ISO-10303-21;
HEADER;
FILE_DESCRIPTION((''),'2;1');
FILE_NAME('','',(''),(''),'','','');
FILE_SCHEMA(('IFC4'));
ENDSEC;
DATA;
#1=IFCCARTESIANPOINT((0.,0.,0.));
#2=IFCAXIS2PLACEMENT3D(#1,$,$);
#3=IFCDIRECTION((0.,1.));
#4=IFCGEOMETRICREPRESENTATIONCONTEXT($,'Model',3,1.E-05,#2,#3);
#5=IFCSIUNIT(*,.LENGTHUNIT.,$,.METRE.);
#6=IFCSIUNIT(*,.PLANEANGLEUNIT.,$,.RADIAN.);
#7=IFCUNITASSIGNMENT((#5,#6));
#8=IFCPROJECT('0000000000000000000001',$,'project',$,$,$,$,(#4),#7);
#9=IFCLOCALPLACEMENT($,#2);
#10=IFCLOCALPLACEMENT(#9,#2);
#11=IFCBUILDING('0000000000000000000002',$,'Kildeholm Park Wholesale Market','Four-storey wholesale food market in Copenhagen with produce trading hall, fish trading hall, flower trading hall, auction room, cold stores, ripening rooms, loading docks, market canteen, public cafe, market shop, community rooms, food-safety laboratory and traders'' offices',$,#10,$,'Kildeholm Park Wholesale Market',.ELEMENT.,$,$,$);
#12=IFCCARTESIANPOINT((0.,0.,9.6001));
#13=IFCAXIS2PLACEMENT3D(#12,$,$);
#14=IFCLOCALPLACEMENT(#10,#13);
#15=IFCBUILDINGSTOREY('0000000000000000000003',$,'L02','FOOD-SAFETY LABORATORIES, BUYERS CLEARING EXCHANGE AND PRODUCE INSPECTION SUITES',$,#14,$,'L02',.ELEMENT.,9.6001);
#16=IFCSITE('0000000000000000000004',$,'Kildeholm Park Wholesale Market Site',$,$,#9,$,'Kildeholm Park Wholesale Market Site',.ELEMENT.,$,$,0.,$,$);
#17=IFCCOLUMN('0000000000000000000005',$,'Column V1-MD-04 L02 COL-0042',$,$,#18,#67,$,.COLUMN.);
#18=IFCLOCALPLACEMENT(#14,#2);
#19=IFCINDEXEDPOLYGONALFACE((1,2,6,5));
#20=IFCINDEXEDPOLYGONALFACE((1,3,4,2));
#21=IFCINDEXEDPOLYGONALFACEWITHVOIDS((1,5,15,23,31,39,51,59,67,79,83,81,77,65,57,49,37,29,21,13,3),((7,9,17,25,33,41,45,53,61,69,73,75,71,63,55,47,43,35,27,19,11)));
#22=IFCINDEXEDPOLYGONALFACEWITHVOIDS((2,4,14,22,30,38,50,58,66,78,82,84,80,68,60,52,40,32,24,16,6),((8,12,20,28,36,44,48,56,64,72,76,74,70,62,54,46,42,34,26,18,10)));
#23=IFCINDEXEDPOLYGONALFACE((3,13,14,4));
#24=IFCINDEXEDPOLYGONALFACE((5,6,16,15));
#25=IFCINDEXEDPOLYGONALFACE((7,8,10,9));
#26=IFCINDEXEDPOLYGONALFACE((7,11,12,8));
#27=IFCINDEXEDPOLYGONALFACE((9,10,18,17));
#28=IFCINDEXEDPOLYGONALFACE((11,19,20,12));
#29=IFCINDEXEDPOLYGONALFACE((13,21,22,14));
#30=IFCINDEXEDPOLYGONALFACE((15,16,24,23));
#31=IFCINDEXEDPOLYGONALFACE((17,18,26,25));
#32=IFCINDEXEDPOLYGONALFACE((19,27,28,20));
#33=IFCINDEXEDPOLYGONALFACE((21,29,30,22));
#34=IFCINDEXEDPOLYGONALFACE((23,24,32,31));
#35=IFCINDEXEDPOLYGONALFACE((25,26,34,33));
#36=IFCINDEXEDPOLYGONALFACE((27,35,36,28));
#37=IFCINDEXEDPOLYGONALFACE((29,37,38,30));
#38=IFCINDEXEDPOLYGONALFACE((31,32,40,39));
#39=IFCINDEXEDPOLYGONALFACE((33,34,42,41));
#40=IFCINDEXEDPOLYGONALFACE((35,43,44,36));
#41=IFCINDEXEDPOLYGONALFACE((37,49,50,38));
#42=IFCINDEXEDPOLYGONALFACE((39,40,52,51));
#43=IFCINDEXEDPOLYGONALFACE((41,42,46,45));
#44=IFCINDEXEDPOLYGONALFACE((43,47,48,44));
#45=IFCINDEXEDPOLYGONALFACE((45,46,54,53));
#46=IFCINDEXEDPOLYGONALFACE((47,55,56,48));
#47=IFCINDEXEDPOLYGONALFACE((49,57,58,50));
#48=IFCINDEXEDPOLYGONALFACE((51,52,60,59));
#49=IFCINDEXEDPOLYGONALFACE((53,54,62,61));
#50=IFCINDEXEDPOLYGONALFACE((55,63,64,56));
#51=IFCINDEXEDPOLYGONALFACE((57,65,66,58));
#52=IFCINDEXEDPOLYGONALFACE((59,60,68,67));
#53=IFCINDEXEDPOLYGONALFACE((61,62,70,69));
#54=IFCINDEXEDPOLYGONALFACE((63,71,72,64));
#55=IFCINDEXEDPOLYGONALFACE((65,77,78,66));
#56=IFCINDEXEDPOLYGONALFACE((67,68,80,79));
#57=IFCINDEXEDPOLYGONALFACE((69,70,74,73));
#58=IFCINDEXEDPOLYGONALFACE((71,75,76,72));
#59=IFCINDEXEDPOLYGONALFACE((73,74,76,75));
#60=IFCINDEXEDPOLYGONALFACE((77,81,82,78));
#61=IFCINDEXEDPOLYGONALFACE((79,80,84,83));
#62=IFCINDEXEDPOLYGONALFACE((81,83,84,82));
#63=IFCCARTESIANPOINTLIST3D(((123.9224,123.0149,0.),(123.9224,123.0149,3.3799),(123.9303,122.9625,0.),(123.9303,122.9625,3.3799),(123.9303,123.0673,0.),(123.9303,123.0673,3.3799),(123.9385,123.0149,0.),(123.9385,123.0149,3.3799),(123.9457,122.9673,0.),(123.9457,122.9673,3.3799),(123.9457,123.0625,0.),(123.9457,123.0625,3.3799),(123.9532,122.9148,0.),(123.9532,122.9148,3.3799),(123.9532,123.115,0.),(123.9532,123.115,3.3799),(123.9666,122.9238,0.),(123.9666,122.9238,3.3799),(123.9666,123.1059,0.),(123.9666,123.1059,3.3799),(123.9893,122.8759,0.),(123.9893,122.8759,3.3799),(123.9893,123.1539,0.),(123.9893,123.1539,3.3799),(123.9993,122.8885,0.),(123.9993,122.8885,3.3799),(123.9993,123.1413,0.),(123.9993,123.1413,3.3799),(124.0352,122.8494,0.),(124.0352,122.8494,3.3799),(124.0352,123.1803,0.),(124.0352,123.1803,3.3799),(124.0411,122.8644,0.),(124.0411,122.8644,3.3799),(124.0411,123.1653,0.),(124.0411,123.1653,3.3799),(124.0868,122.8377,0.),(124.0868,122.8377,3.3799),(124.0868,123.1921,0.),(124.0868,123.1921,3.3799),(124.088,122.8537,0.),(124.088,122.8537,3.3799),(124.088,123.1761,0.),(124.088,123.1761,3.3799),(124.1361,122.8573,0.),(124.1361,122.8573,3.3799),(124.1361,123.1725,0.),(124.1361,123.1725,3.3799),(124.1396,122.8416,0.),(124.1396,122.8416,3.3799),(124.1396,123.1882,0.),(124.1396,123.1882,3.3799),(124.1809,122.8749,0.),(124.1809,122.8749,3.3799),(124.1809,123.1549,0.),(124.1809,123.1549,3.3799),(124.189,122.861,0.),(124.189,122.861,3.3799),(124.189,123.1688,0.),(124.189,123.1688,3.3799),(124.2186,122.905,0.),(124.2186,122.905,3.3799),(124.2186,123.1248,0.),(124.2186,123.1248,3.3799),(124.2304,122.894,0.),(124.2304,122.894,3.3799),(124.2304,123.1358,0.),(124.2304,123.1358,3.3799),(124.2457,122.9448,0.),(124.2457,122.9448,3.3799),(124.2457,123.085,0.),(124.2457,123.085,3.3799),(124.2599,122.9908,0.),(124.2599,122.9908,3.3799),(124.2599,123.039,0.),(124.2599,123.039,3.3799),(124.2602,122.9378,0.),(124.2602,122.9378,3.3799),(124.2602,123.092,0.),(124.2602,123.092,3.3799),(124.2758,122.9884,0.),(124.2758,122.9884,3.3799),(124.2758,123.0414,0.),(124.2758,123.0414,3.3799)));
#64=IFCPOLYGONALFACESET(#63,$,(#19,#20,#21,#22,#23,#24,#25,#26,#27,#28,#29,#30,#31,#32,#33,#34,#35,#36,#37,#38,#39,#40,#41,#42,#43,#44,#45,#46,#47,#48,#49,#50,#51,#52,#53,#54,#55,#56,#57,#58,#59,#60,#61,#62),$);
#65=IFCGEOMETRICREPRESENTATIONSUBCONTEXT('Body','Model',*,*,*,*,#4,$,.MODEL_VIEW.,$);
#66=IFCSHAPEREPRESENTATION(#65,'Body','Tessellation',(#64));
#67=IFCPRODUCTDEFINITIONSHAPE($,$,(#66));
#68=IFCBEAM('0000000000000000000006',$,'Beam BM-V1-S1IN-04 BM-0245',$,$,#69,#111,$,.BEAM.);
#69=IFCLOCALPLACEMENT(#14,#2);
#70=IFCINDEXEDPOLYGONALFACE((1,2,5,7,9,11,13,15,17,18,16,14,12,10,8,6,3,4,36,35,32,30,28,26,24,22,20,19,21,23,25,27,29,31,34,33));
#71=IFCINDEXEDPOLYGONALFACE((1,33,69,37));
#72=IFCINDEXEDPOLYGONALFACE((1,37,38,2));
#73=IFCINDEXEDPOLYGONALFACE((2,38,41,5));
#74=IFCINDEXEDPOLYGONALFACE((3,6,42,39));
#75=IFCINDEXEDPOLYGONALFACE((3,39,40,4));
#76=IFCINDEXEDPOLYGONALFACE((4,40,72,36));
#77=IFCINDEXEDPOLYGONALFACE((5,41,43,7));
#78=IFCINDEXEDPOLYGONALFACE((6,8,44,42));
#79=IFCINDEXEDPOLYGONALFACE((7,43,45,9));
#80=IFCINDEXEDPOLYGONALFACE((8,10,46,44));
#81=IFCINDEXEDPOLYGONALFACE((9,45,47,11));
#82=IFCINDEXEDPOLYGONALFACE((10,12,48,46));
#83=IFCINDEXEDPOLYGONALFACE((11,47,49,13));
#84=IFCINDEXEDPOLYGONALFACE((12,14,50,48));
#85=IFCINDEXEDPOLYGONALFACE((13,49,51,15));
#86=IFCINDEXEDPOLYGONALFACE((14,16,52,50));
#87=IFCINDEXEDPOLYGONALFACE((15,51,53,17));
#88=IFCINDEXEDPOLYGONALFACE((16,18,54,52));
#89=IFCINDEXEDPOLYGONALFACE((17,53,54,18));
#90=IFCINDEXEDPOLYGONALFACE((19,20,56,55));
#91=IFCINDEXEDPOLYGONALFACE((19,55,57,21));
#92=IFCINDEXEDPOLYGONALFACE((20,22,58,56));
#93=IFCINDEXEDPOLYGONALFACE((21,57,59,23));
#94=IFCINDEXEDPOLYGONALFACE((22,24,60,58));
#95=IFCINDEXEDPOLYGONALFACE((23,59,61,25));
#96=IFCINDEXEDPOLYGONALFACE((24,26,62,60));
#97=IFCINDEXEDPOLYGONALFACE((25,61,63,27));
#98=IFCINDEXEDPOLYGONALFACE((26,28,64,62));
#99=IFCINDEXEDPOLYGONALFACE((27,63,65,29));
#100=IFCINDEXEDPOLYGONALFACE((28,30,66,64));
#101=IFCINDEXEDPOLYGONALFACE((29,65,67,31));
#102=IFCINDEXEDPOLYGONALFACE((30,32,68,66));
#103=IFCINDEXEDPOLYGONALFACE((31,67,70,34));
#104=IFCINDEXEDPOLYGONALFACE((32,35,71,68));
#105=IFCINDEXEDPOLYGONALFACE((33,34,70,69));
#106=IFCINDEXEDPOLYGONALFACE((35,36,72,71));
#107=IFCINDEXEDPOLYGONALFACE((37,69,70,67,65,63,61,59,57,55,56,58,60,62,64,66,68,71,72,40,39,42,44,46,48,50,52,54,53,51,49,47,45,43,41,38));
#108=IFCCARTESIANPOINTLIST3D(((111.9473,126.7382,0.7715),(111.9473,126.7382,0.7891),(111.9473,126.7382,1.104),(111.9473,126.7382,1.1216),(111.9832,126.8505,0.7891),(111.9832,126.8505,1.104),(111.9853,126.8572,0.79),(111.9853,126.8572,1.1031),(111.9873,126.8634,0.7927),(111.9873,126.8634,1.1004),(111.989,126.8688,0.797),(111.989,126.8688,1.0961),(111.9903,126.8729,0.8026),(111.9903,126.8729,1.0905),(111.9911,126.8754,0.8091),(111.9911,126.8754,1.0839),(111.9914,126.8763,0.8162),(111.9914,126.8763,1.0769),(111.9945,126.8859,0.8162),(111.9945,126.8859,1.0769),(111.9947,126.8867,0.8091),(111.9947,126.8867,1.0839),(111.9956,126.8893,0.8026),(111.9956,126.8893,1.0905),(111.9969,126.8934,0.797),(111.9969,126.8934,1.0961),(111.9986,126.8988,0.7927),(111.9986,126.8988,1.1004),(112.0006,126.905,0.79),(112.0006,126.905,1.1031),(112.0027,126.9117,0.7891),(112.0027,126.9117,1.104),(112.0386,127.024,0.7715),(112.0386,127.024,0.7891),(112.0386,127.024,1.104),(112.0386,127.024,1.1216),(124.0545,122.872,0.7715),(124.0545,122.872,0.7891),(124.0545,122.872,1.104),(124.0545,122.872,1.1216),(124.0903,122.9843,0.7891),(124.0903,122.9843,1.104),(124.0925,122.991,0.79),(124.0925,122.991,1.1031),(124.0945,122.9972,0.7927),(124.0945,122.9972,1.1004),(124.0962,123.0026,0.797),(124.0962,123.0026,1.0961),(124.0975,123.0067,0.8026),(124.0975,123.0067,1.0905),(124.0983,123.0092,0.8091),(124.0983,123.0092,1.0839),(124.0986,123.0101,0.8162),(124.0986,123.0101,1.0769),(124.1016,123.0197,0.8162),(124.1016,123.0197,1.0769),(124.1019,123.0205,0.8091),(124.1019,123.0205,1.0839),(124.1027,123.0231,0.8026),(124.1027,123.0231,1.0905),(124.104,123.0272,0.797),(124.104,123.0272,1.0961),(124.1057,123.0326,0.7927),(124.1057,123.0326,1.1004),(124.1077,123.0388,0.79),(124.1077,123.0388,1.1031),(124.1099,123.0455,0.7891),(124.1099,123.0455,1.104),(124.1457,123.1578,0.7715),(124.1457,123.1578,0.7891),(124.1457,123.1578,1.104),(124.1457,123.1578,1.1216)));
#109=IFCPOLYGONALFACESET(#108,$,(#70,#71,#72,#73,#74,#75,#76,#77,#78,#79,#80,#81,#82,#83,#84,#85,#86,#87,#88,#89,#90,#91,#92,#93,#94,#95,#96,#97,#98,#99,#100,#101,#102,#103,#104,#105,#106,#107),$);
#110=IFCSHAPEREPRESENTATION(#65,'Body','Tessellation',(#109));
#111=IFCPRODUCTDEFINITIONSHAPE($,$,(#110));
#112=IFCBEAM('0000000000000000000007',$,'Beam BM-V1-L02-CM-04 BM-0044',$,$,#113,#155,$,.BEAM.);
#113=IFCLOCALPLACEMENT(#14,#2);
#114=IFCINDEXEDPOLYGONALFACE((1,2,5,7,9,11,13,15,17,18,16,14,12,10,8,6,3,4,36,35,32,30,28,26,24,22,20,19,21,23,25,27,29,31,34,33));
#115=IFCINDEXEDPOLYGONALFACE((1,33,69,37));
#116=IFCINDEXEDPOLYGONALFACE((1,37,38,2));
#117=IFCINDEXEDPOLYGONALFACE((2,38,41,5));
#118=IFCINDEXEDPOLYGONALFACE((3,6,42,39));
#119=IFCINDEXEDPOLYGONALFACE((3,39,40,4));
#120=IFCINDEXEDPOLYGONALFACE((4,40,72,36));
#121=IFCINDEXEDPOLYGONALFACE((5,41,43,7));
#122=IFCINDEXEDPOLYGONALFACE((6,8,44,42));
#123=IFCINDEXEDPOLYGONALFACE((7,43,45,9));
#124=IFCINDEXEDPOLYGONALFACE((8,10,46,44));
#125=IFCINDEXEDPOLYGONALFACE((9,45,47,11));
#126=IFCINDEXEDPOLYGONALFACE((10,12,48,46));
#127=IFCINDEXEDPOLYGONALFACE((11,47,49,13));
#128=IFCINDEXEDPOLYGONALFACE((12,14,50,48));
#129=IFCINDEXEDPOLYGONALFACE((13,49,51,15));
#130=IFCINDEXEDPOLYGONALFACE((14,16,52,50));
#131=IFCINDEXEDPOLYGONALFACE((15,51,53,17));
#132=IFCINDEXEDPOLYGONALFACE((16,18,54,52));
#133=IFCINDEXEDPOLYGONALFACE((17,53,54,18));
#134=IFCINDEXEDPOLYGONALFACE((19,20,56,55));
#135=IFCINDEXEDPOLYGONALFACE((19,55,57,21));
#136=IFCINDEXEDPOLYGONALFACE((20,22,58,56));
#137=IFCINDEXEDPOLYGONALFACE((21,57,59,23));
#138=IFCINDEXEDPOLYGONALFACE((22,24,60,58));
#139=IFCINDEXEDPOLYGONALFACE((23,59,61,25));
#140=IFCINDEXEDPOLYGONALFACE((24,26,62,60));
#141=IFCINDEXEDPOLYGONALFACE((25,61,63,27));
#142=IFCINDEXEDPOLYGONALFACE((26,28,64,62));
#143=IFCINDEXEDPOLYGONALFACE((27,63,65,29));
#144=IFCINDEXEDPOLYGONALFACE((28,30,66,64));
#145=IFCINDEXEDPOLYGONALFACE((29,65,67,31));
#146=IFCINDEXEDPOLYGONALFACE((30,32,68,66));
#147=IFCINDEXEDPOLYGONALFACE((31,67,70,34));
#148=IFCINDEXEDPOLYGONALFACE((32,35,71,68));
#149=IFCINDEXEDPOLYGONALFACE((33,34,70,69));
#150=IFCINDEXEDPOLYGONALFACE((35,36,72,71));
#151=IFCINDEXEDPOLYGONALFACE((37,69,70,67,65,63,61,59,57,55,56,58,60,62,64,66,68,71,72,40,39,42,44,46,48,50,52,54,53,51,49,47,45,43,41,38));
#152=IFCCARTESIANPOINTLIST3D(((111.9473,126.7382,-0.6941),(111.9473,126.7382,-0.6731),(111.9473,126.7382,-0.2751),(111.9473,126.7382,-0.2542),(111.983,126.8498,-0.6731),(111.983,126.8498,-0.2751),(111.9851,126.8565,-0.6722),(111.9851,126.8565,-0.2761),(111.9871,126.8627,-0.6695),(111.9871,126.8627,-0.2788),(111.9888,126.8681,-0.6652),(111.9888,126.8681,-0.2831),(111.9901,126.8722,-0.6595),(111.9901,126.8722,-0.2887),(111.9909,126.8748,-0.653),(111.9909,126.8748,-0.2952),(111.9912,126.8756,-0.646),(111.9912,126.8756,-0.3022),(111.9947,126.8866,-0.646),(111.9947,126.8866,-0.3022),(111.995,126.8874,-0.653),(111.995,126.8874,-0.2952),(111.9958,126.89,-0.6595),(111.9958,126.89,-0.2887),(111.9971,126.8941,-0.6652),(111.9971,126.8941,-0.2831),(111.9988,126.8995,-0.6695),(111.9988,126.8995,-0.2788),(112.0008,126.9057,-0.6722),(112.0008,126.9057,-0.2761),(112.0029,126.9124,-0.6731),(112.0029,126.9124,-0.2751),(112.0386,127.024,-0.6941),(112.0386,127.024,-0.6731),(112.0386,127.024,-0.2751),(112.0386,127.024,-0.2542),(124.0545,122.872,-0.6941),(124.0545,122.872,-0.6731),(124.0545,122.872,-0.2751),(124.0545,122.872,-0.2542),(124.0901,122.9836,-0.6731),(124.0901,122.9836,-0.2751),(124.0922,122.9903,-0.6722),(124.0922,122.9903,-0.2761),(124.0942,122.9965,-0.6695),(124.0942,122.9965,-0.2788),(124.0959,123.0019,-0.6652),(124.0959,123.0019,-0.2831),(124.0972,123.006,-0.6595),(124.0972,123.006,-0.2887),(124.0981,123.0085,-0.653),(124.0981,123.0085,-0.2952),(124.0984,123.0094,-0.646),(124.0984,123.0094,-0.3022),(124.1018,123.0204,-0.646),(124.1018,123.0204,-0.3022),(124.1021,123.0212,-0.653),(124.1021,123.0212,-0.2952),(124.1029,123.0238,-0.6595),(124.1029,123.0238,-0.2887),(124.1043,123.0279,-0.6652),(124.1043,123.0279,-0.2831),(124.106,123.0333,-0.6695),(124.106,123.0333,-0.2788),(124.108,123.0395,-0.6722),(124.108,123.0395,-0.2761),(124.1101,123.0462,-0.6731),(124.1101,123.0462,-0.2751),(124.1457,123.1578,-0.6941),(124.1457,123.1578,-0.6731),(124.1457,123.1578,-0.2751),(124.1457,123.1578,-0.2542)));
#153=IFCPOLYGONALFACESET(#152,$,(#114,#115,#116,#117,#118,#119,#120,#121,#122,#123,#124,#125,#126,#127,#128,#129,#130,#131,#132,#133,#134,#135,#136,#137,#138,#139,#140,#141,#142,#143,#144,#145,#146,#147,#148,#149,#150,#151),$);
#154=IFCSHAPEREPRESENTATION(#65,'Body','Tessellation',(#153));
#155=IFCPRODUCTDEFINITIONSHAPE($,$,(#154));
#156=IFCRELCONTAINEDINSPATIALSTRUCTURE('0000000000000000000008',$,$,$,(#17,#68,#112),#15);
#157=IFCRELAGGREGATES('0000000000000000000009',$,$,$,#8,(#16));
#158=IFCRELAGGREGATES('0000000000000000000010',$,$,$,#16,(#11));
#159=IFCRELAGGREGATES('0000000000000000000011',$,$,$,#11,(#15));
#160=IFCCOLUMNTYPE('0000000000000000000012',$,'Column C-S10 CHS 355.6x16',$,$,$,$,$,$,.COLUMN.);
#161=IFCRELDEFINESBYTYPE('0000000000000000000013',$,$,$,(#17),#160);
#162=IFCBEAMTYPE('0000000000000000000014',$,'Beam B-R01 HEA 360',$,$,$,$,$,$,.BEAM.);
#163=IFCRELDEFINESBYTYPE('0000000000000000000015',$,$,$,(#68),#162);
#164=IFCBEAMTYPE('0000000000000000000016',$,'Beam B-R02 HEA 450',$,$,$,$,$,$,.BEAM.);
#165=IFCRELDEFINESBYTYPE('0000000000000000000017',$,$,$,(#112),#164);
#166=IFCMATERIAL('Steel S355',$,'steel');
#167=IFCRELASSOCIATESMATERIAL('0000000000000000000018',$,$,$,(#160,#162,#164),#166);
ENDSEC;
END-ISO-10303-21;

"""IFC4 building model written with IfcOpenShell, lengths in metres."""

from ifc_helpers import new_model, si_unit, direction, frame, origin, origin_2d, place, context, subcontext, project, spatial, hollow_circle, i_section, extrude, material, material_profile, profile_set, type_object, element, save


model = new_model("IFC4")

# Units and contexts
model_context = context("Model", 3, precision=1e-05, world=origin(), true_north=direction((0.0, 1.0)))
body_context = subcontext(model_context, "Body", "Model", "MODEL_VIEW")
ifc_project = project(units=[si_unit("LENGTHUNIT", "METRE"), si_unit("PLANEANGLEUNIT", "RADIAN")], contexts=[model_context])

# Site, building, storey
site_placement = place(None, origin())
site = spatial("IfcSite", under=ifc_project, at=site_placement, Name="Kildeholm Park Wholesale Market Site", LongName="Kildeholm Park Wholesale Market Site", CompositionType="ELEMENT", RefElevation=0.0)
building_placement = place(site_placement, origin())
building = spatial("IfcBuilding", under=site, at=building_placement, Name="Kildeholm Park Wholesale Market", Description="Four-storey wholesale food market in Copenhagen with produce trading hall, fish trading hall, flower trading hall, auction room, cold stores, ripening rooms, loading docks, market canteen, public cafe, market shop, community rooms, food-safety laboratory and traders' offices", LongName="Kildeholm Park Wholesale Market", CompositionType="ELEMENT")
storey_placement = place(building_placement, frame((0.0, 0.0, 9.6001)))
storey = spatial("IfcBuildingStorey", under=building, at=storey_placement, Name="L02", Description="FOOD-SAFETY LABORATORIES, BUYERS CLEARING EXCHANGE AND PRODUCE INSPECTION SUITES", LongName="L02", CompositionType="ELEMENT", Elevation=9.6001)

# Column
ifc_material_1 = material(Name="Steel S355", Category="steel")
ifc_material_profile_1 = material_profile(ifc_material_1, hollow_circle(Radius=0.1777, WallThickness=0.0161, at=origin_2d()), Name="CHS 355.6x16")
ifc_profile_set_1 = profile_set([ifc_material_profile_1], Name="Steel S355")
column_type = type_object("IfcColumnType", Name="Column C-S10 CHS 355.6x16", PredefinedType="COLUMN", material=ifc_profile_set_1)
column_placement = place(storey_placement, frame((124.1001, 123.0149, 0.0), z_axis=(0.0, 0.0, 1.0), x_axis=(0.5, 0.866025, 0.0)))
element("IfcColumn", 1, at=column_placement, inside=storey, type_object=column_type, Name="Column V1-MD-04 L02 COL-0042", PredefinedType="COLUMN", context=body_context, shape_type="SweptSolid", body=[
    extrude(hollow_circle(Radius=0.1777, WallThickness=0.0161, at=origin_2d()), origin(), (0.0, 0.0, 1.0), 3.3799),
])

# Beams
ifc_material_profile_2 = material_profile(ifc_material_1, i_section(OverallWidth=0.3, OverallDepth=0.3501, WebThickness=0.01, FlangeThickness=0.0176, FilletRadius=0.0271, at=origin_2d()), Name="HEA 360")
ifc_profile_set_2 = profile_set([ifc_material_profile_2], Name="Steel S355")
beam_type_1 = type_object("IfcBeamType", Name="Beam B-R01 HEA 360", PredefinedType="BEAM", material=ifc_profile_set_2)
beam_1_placement = place(storey_placement, frame((124.1001, 123.0149, 0.9465), z_axis=(-0.952609, 0.304199, 0.0), x_axis=(-0.304199, -0.952609, 0.0)))
element("IfcBeam", 2, at=beam_1_placement, inside=storey, type_object=beam_type_1, Name="Beam BM-V1-S1IN-04 BM-0245", PredefinedType="BEAM", context=body_context, shape_type="SweptSolid", body=[
    extrude(i_section(OverallWidth=0.3, OverallDepth=0.3501, WebThickness=0.01, FlangeThickness=0.0176, FilletRadius=0.0271, at=origin_2d()), origin(), (0.0, 0.0, 1.0), 12.7095),
])
ifc_material_profile_3 = material_profile(ifc_material_1, i_section(OverallWidth=0.3, OverallDepth=0.4399, WebThickness=0.0115, FlangeThickness=0.021, FilletRadius=0.0271, at=origin_2d()), Name="HEA 450")
ifc_profile_set_3 = profile_set([ifc_material_profile_3], Name="Steel S355")
beam_type_2 = type_object("IfcBeamType", Name="Beam B-R02 HEA 450", PredefinedType="BEAM", material=ifc_profile_set_3)
beam_2_placement = place(storey_placement, frame((124.1001, 123.0149, -0.4741), z_axis=(-0.952609, 0.304199, 0.0), x_axis=(-0.304199, -0.952609, 0.0)))
element("IfcBeam", 3, at=beam_2_placement, inside=storey, type_object=beam_type_2, Name="Beam BM-V1-L02-CM-04 BM-0044", PredefinedType="BEAM", context=body_context, shape_type="SweptSolid", body=[
    extrude(i_section(OverallWidth=0.3, OverallDepth=0.4399, WebThickness=0.0115, FlangeThickness=0.021, FilletRadius=0.0271, at=origin_2d()), origin(), (0.0, 0.0, 1.0), 12.7095),
])

save(model, "model.ifc")
